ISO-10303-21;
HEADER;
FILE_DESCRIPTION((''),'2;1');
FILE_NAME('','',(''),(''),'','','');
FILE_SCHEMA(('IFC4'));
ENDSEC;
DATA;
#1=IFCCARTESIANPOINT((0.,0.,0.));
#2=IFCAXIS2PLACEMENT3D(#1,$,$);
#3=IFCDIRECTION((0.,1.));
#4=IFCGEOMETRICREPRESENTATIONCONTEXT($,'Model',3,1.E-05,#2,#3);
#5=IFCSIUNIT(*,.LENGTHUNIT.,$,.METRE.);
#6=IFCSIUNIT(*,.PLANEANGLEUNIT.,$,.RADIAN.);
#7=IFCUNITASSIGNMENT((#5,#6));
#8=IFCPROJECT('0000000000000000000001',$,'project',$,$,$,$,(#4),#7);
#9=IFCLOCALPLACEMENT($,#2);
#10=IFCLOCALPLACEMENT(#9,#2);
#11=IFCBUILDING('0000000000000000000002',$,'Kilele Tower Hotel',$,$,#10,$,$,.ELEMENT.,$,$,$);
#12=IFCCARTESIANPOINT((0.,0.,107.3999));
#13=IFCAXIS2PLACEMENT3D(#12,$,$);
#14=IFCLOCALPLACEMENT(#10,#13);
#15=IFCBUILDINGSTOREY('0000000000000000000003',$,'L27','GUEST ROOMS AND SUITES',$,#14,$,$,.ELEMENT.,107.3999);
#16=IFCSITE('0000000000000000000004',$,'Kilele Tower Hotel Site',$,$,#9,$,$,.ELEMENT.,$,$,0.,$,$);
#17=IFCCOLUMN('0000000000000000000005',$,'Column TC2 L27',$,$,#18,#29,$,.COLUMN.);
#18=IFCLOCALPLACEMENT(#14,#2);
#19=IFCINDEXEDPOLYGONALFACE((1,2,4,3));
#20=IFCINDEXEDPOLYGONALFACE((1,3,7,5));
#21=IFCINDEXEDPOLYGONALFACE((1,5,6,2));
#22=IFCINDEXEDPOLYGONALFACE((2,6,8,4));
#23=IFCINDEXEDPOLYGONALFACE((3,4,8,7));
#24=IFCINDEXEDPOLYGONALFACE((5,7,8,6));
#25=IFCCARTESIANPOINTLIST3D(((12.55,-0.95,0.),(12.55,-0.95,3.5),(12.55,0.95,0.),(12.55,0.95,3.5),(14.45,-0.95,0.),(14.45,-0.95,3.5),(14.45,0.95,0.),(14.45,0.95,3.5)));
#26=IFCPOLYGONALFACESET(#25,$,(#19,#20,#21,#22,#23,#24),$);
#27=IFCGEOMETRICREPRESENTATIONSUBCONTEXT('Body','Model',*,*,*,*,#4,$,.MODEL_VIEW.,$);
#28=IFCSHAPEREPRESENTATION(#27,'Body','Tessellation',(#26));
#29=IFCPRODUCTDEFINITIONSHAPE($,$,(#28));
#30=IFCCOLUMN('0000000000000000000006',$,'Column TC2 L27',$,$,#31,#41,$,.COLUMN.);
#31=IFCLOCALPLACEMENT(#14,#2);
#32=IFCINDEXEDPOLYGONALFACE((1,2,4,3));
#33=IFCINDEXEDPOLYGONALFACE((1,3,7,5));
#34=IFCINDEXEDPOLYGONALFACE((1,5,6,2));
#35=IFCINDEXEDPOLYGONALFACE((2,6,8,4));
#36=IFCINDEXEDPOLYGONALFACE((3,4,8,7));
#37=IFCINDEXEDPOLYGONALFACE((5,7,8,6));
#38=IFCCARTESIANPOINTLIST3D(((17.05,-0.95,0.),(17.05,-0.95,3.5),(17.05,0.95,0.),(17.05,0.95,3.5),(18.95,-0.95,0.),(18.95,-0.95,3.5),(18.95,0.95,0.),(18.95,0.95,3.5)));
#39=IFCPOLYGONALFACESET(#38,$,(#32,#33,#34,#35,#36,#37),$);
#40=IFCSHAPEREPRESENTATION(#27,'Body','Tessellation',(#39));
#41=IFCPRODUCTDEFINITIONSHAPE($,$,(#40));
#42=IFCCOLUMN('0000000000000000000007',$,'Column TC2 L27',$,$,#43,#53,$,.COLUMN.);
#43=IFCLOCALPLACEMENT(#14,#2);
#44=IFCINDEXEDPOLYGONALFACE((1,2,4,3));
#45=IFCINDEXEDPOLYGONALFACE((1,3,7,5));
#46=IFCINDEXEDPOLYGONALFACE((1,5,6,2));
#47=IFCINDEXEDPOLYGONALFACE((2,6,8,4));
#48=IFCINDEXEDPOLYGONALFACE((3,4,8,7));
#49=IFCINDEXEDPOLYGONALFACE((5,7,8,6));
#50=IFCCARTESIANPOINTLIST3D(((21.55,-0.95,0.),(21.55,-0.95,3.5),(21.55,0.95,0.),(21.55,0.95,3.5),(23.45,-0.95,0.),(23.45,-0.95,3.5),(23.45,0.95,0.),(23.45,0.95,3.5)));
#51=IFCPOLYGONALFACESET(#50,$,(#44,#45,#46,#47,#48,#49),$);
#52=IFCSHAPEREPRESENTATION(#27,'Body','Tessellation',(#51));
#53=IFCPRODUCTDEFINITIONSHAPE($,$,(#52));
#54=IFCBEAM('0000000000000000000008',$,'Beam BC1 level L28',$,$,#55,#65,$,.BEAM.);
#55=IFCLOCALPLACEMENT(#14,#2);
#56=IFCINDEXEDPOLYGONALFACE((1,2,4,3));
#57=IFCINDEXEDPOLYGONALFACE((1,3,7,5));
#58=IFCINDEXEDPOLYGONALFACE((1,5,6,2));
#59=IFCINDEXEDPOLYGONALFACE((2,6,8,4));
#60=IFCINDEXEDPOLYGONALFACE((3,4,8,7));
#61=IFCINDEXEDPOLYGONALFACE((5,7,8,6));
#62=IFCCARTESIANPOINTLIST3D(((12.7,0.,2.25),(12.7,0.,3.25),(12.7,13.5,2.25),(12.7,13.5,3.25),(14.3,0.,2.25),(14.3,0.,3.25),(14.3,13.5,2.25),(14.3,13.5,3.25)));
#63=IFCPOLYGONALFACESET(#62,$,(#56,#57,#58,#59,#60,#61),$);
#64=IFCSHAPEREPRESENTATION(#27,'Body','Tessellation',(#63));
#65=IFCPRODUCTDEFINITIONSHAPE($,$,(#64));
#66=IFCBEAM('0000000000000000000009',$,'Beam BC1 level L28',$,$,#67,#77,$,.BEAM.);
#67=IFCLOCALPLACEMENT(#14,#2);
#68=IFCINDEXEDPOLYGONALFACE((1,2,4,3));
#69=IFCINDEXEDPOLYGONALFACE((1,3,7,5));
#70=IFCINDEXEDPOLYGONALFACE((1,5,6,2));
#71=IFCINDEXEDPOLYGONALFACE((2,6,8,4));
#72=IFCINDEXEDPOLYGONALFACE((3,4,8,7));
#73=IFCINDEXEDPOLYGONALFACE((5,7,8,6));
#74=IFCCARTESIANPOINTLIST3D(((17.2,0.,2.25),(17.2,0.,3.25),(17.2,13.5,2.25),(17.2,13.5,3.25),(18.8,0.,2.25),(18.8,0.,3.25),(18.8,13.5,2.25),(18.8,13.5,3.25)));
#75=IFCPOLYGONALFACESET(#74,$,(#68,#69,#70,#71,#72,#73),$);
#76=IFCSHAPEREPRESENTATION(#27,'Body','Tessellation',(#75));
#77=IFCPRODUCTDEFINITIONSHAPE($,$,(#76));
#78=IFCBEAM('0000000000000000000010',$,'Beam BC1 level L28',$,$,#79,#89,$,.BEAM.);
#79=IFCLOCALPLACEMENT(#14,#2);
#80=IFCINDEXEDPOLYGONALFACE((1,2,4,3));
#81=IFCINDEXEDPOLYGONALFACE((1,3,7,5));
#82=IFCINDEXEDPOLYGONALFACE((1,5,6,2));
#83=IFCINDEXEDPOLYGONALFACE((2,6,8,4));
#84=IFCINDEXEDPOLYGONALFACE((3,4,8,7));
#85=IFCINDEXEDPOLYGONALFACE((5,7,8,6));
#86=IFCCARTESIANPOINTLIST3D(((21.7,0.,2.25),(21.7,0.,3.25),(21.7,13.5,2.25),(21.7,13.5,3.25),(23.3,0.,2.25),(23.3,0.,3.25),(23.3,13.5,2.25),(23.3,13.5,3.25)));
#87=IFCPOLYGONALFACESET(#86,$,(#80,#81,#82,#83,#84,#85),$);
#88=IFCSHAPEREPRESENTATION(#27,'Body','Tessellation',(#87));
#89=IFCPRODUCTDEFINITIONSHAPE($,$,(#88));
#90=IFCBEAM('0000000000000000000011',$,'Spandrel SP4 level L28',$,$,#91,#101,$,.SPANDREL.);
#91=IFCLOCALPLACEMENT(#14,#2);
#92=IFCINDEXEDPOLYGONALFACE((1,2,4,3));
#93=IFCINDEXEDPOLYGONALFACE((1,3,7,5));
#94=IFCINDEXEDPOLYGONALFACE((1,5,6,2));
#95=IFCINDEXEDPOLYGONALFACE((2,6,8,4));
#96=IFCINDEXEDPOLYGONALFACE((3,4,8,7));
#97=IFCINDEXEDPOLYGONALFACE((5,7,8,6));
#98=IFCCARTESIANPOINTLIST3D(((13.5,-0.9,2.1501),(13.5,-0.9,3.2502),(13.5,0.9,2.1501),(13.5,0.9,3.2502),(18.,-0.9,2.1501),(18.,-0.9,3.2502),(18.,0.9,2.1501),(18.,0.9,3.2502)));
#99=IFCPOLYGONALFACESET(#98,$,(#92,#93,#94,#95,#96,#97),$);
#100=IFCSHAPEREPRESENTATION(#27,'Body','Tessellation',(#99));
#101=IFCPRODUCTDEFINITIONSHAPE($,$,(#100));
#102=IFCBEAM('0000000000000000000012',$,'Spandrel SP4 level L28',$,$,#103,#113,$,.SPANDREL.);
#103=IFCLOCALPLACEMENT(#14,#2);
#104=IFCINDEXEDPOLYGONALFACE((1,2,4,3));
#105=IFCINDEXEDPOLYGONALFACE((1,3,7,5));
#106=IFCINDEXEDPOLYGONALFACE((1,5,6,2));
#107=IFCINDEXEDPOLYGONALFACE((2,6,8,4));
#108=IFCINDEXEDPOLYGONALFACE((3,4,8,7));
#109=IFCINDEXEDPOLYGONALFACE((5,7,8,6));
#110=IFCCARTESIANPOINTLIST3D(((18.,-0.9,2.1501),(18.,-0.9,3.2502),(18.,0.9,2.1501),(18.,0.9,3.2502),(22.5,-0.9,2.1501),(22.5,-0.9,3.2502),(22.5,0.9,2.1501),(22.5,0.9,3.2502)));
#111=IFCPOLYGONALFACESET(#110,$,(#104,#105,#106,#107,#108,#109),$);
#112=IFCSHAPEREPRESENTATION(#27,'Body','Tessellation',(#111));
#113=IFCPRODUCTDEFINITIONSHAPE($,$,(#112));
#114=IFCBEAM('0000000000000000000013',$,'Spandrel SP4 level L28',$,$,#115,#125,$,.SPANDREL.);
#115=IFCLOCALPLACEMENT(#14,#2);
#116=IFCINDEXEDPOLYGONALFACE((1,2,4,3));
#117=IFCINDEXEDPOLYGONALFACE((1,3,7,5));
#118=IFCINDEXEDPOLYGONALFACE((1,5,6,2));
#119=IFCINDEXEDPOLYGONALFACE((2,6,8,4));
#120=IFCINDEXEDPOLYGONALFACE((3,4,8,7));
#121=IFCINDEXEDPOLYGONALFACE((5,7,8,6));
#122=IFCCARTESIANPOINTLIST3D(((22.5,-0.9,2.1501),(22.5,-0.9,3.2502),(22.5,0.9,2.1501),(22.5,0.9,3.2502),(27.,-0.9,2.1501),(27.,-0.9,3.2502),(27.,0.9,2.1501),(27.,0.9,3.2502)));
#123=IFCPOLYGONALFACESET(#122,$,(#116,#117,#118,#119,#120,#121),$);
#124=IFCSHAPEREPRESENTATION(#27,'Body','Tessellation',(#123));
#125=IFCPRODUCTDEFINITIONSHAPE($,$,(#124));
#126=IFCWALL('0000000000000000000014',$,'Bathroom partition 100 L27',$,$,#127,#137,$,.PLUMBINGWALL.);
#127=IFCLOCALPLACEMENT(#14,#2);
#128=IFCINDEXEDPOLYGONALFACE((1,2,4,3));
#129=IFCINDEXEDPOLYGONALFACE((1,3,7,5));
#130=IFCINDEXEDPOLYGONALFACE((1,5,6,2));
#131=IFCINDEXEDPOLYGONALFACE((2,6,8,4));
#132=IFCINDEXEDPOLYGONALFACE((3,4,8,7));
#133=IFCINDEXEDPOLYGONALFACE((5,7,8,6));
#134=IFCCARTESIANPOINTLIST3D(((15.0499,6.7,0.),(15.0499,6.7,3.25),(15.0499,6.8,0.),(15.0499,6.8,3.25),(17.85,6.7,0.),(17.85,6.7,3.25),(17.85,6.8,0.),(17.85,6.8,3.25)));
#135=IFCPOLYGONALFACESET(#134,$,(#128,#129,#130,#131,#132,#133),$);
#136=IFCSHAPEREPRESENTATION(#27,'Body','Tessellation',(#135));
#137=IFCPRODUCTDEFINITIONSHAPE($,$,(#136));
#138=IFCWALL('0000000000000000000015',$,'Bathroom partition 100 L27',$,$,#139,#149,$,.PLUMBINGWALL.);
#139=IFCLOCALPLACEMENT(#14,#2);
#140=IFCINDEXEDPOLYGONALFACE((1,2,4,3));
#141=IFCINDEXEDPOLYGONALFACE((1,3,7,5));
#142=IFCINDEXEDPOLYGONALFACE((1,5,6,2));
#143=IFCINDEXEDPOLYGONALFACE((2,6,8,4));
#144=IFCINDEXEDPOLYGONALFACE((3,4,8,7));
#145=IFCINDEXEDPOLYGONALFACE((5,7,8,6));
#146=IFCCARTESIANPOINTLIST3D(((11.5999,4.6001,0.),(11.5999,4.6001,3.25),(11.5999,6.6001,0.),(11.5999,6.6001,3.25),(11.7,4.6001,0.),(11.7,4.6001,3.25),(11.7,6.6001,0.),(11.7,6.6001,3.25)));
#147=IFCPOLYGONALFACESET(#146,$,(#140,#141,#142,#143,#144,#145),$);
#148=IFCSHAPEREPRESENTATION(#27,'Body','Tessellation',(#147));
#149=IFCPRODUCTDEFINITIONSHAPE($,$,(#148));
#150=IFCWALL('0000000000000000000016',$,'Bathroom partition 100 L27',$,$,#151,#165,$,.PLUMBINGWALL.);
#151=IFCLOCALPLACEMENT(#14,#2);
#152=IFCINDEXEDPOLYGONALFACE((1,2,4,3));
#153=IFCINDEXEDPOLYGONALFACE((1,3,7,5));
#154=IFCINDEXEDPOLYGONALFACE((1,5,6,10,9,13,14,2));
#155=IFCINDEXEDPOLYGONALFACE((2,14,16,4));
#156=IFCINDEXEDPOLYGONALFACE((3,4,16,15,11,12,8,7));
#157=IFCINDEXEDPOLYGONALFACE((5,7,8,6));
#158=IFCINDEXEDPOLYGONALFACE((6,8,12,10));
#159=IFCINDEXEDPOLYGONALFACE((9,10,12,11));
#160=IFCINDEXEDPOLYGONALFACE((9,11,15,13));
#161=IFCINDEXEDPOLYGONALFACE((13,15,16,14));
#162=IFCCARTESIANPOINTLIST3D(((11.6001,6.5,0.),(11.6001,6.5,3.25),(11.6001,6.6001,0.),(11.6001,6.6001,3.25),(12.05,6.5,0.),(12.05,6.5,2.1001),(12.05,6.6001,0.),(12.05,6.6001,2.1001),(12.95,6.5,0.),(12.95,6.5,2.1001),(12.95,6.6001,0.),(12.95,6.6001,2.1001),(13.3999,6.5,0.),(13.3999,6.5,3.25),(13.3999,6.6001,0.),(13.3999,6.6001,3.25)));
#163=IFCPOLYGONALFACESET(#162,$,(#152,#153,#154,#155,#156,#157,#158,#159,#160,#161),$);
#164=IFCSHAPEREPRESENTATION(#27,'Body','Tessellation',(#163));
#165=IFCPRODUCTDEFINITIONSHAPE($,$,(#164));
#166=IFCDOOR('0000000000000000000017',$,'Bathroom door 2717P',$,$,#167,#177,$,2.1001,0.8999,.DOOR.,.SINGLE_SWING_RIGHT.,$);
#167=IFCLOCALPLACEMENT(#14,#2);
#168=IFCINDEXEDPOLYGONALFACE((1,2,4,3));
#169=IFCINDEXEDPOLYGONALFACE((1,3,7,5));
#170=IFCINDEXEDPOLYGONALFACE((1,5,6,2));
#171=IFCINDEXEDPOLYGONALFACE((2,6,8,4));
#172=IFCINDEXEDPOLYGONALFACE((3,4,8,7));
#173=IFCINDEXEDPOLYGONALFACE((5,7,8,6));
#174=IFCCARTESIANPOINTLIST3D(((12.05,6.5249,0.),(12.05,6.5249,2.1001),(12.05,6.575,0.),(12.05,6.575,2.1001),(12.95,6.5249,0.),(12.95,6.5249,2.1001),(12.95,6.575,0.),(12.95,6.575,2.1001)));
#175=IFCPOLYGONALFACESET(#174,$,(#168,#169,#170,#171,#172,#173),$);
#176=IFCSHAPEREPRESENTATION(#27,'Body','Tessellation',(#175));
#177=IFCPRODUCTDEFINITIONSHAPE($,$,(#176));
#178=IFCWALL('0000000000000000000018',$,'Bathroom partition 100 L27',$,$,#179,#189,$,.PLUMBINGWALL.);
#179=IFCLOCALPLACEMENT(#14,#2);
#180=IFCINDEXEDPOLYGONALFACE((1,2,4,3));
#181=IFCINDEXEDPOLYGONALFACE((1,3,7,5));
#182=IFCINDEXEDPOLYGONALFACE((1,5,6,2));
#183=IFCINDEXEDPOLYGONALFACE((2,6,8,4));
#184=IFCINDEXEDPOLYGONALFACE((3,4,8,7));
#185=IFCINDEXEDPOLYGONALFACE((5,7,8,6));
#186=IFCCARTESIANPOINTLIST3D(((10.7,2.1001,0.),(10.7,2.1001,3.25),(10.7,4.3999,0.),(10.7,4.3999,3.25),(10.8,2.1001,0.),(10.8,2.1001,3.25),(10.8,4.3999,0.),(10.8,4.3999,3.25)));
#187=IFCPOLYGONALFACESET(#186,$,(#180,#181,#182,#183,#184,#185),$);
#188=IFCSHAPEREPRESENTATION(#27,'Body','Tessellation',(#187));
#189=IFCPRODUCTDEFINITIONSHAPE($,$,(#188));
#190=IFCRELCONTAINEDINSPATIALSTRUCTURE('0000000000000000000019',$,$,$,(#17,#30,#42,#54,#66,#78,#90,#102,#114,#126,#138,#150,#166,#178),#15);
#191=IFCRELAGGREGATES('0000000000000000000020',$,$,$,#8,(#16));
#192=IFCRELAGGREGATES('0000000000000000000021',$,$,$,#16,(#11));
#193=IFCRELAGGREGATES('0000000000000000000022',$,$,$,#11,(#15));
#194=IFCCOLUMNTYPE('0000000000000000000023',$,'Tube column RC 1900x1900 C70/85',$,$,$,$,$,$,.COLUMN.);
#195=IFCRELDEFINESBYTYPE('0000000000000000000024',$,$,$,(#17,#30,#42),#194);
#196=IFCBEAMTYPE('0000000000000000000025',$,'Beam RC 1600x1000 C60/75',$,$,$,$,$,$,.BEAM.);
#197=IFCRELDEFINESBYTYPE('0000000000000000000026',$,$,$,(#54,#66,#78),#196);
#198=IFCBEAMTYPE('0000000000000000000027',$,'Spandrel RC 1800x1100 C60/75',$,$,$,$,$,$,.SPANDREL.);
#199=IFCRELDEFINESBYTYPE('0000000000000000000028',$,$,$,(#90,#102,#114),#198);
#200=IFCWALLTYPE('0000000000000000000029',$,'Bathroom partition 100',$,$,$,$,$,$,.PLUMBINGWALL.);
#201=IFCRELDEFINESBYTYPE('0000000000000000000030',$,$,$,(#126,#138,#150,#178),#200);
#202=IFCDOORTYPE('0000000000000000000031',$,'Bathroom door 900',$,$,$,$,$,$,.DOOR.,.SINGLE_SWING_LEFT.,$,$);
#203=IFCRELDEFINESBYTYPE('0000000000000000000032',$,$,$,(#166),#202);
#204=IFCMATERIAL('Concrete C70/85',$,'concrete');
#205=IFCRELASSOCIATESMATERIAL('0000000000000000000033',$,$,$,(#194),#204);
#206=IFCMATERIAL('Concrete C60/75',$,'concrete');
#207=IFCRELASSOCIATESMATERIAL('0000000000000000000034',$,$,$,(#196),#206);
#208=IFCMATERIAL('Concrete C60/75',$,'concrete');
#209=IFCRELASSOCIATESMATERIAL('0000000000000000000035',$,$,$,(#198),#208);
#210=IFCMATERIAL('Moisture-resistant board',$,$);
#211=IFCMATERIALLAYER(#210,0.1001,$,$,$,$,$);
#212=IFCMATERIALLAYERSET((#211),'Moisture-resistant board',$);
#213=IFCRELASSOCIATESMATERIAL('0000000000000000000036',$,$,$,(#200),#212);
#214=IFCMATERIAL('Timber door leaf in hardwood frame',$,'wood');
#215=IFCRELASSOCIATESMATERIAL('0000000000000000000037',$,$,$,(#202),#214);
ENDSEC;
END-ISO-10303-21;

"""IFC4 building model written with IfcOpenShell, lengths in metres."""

from ifc_helpers import new_model, si_unit, direction, frame, frame_2d, origin, origin_2d, place, context, subcontext, project, spatial, rectangle, extrude, material, layer, layer_set, material_profile, profile_set, type_object, element, fill, save


model = new_model("IFC4")

# Units and contexts
model_context = context("Model", 3, precision=1e-05, world=origin(), true_north=direction((0.0, 1.0)))
body_context = subcontext(model_context, "Body", "Model", "MODEL_VIEW")
ifc_project = project(units=[si_unit("LENGTHUNIT", "METRE"), si_unit("PLANEANGLEUNIT", "RADIAN")], contexts=[model_context])

# Site, building, storey
site_placement = place(None, origin())
site = spatial("IfcSite", under=ifc_project, at=site_placement, Name="Kilele Tower Hotel Site", CompositionType="ELEMENT", RefElevation=0.0)
building_placement = place(site_placement, origin())
building = spatial("IfcBuilding", under=site, at=building_placement, Name="Kilele Tower Hotel", CompositionType="ELEMENT")
storey_placement = place(building_placement, frame((0.0, 0.0, 107.3999)))
storey = spatial("IfcBuildingStorey", under=building, at=storey_placement, Name="L27", Description="GUEST ROOMS AND SUITES", CompositionType="ELEMENT", Elevation=107.3999)

# Columns
ifc_material_1 = material(Name="Concrete C70/85", Category="concrete")
ifc_material_profile_1 = material_profile(ifc_material_1, rectangle(XDim=1.8999, YDim=1.8999, at=origin_2d()))
ifc_profile_set_1 = profile_set([ifc_material_profile_1], Name="Concrete C70/85")
column_type = type_object("IfcColumnType", Name="Tube column RC 1900x1900 C70/85", PredefinedType="COLUMN", material=ifc_profile_set_1)
for number, where, z_axis, x_axis, name in (
    (1, (13.5, 0.0, 0.0), (0.0, 0.0, 1.0), (1.0, 0.0, 0.0), "Column TC2 L27"),
    (2, (18.0, 0.0, 0.0), (0.0, 0.0, 1.0), (1.0, 0.0, 0.0), "Column TC2 L27"),
    (3, (22.5, 0.0, 0.0), (0.0, 0.0, 1.0), (1.0, 0.0, 0.0), "Column TC2 L27"),
):
    element("IfcColumn", number, at=place(storey_placement, frame(where, z_axis=z_axis, x_axis=x_axis)), inside=storey, type_object=column_type, Name=name, PredefinedType="COLUMN", context=body_context, shape_type="SweptSolid", body=[
        extrude(rectangle(XDim=1.8999, YDim=1.8999, at=origin_2d()), origin(), (0.0, 0.0, 1.0), 3.5),
    ])

# Beams
ifc_material_2 = material(Name="Concrete C60/75", Category="concrete")
ifc_material_profile_2 = material_profile(ifc_material_2, rectangle(XDim=1.6001, YDim=1.0, at=origin_2d()))
ifc_profile_set_2 = profile_set([ifc_material_profile_2], Name="Concrete C60/75")
beam_type_1 = type_object("IfcBeamType", Name="Beam RC 1600x1000 C60/75", PredefinedType="BEAM", material=ifc_profile_set_2)
for number, where, z_axis, x_axis, name in (
    (4, (13.5, 0.0, 2.75), (0.0, 1.0, 0.0), (-1.0, 0.0, 0.0), "Beam BC1 level L28"),
    (5, (18.0, 0.0, 2.75), (0.0, 1.0, 0.0), (-1.0, 0.0, 0.0), "Beam BC1 level L28"),
    (6, (22.5, 0.0, 2.75), (0.0, 1.0, 0.0), (-1.0, 0.0, 0.0), "Beam BC1 level L28"),
):
    element("IfcBeam", number, at=place(storey_placement, frame(where, z_axis=z_axis, x_axis=x_axis)), inside=storey, type_object=beam_type_1, Name=name, PredefinedType="BEAM", context=body_context, shape_type="SweptSolid", body=[
        extrude(rectangle(XDim=1.6001, YDim=1.0, at=origin_2d()), origin(), (0.0, 0.0, 1.0), 13.5),
    ])
ifc_material_3 = material(Name="Concrete C60/75", Category="concrete")
ifc_material_profile_3 = material_profile(ifc_material_3, rectangle(XDim=1.8, YDim=1.1001, at=origin_2d()))
ifc_profile_set_3 = profile_set([ifc_material_profile_3], Name="Concrete C60/75")
beam_type_2 = type_object("IfcBeamType", Name="Spandrel RC 1800x1100 C60/75", PredefinedType="SPANDREL", material=ifc_profile_set_3)
for number, where, z_axis, x_axis, name in (
    (7, (13.5, 0.0, 2.7002), (1.0, 0.0, 0.0), (0.0, 1.0, 0.0), "Spandrel SP4 level L28"),
    (8, (18.0, 0.0, 2.7002), (1.0, 0.0, 0.0), (0.0, 1.0, 0.0), "Spandrel SP4 level L28"),
    (9, (22.5, 0.0, 2.7002), (1.0, 0.0, 0.0), (0.0, 1.0, 0.0), "Spandrel SP4 level L28"),
):
    element("IfcBeam", number, at=place(storey_placement, frame(where, z_axis=z_axis, x_axis=x_axis)), inside=storey, type_object=beam_type_2, Name=name, PredefinedType="SPANDREL", context=body_context, shape_type="SweptSolid", body=[
        extrude(rectangle(XDim=1.8, YDim=1.1001, at=origin_2d()), origin(), (0.0, 0.0, 1.0), 4.5),
    ])

# Walls
ifc_material_4 = material(Name="Moisture-resistant board")
ifc_layer_1 = layer(ifc_material_4, 0.1001)
ifc_layer_set_1 = layer_set([ifc_layer_1], Name="Moisture-resistant board")
wall_type_1 = type_object("IfcWallType", Name="Bathroom partition 100", PredefinedType="PLUMBINGWALL", material=ifc_layer_set_1)
wall_1_placement = place(storey_placement, frame((15.05, 6.75, 0.0), z_axis=(0.0, 0.0, 1.0), x_axis=(1.0, 0.0, 0.0)))
element("IfcWall", 10, at=wall_1_placement, inside=storey, type_object=wall_type_1, Name="Bathroom partition 100 L27", PredefinedType="PLUMBINGWALL", context=body_context, shape_type="SweptSolid", body=[
    extrude(rectangle(XDim=2.8, YDim=0.1001, at=frame_2d((1.3999, 0.0))), origin(), (0.0, 0.0, 1.0), 3.25),
])
wall_2_placement = place(storey_placement, frame((11.6499, 4.6001, 0.0), z_axis=(0.0, 0.0, 1.0), x_axis=(0.0, 1.0, 0.0)))
element("IfcWall", 11, at=wall_2_placement, inside=storey, type_object=wall_type_1, Name="Bathroom partition 100 L27", PredefinedType="PLUMBINGWALL", context=body_context, shape_type="SweptSolid", body=[
    extrude(rectangle(XDim=2.0, YDim=0.1001, at=frame_2d((1.0, 0.0))), origin(), (0.0, 0.0, 1.0), 3.25),
])

# Wall, opening, door
wall_3_placement = place(storey_placement, frame((13.3999, 6.55, 0.0), z_axis=(0.0, 0.0, 1.0), x_axis=(-1.0, 0.0, 0.0)))
wall_3 = element("IfcWall", 12, at=wall_3_placement, inside=storey, type_object=wall_type_1, Name="Bathroom partition 100 L27", PredefinedType="PLUMBINGWALL", context=body_context, shape_type="SweptSolid", body=[
    extrude(rectangle(XDim=1.7998, YDim=0.1001, at=frame_2d((0.8999, 0.0))), origin(), (0.0, 0.0, 1.0), 3.25),
])
opening_1_placement = place(wall_3_placement, frame((1.3499, 0.0, 0.0), z_axis=(0.0, 0.0, 1.0), x_axis=(-1.0, 0.0, 0.0)))
opening_1 = element("IfcOpeningElement", 13, at=opening_1_placement, cuts=wall_3, PredefinedType="OPENING", context=body_context, shape_type="SweptSolid", body=[
    extrude(rectangle(XDim=0.8999, YDim=2.1001, at=frame_2d((0.45, 1.05))), frame((0.0, 0.0601, 0.0), z_axis=(0.0, -1.0, 0.0), x_axis=(1.0, 0.0, 0.0)), (0.0, 0.0, 1.0), 0.1201),
])
ifc_material_5 = material(Name="Timber door leaf in hardwood frame", Category="wood")
door_type_1 = type_object("IfcDoorType", Name="Bathroom door 900", OperationType="SINGLE_SWING_LEFT", PredefinedType="DOOR", material=ifc_material_5)
door_1_placement = place(opening_1_placement, origin())
door_1 = element("IfcDoor", 14, at=door_1_placement, inside=storey, type_object=door_type_1, Name="Bathroom door 2717P", OperationType="SINGLE_SWING_RIGHT", OverallHeight=2.1001, OverallWidth=0.8999, PredefinedType="DOOR", context=body_context, shape_type="SweptSolid", body=[
    extrude(rectangle(XDim=0.8999, YDim=2.1001, at=frame_2d((0.45, 1.05))), frame((0.0, 0.0249, 0.0), z_axis=(0.0, -1.0, 0.0), x_axis=(1.0, 0.0, 0.0)), (0.0, 0.0, 1.0), 0.05),
])
fill(opening_1, door_1)

# Wall
wall_4_placement = place(storey_placement, frame((10.75, 4.3999, 0.0), z_axis=(0.0, 0.0, 1.0), x_axis=(0.0, -1.0, 0.0)))
element("IfcWall", 15, at=wall_4_placement, inside=storey, type_object=wall_type_1, Name="Bathroom partition 100 L27", PredefinedType="PLUMBINGWALL", context=body_context, shape_type="SweptSolid", body=[
    extrude(rectangle(XDim=2.2998, YDim=0.1001, at=frame_2d((1.1499, 0.0))), origin(), (0.0, 0.0, 1.0), 3.25),
])

save(model, "model.ifc")
